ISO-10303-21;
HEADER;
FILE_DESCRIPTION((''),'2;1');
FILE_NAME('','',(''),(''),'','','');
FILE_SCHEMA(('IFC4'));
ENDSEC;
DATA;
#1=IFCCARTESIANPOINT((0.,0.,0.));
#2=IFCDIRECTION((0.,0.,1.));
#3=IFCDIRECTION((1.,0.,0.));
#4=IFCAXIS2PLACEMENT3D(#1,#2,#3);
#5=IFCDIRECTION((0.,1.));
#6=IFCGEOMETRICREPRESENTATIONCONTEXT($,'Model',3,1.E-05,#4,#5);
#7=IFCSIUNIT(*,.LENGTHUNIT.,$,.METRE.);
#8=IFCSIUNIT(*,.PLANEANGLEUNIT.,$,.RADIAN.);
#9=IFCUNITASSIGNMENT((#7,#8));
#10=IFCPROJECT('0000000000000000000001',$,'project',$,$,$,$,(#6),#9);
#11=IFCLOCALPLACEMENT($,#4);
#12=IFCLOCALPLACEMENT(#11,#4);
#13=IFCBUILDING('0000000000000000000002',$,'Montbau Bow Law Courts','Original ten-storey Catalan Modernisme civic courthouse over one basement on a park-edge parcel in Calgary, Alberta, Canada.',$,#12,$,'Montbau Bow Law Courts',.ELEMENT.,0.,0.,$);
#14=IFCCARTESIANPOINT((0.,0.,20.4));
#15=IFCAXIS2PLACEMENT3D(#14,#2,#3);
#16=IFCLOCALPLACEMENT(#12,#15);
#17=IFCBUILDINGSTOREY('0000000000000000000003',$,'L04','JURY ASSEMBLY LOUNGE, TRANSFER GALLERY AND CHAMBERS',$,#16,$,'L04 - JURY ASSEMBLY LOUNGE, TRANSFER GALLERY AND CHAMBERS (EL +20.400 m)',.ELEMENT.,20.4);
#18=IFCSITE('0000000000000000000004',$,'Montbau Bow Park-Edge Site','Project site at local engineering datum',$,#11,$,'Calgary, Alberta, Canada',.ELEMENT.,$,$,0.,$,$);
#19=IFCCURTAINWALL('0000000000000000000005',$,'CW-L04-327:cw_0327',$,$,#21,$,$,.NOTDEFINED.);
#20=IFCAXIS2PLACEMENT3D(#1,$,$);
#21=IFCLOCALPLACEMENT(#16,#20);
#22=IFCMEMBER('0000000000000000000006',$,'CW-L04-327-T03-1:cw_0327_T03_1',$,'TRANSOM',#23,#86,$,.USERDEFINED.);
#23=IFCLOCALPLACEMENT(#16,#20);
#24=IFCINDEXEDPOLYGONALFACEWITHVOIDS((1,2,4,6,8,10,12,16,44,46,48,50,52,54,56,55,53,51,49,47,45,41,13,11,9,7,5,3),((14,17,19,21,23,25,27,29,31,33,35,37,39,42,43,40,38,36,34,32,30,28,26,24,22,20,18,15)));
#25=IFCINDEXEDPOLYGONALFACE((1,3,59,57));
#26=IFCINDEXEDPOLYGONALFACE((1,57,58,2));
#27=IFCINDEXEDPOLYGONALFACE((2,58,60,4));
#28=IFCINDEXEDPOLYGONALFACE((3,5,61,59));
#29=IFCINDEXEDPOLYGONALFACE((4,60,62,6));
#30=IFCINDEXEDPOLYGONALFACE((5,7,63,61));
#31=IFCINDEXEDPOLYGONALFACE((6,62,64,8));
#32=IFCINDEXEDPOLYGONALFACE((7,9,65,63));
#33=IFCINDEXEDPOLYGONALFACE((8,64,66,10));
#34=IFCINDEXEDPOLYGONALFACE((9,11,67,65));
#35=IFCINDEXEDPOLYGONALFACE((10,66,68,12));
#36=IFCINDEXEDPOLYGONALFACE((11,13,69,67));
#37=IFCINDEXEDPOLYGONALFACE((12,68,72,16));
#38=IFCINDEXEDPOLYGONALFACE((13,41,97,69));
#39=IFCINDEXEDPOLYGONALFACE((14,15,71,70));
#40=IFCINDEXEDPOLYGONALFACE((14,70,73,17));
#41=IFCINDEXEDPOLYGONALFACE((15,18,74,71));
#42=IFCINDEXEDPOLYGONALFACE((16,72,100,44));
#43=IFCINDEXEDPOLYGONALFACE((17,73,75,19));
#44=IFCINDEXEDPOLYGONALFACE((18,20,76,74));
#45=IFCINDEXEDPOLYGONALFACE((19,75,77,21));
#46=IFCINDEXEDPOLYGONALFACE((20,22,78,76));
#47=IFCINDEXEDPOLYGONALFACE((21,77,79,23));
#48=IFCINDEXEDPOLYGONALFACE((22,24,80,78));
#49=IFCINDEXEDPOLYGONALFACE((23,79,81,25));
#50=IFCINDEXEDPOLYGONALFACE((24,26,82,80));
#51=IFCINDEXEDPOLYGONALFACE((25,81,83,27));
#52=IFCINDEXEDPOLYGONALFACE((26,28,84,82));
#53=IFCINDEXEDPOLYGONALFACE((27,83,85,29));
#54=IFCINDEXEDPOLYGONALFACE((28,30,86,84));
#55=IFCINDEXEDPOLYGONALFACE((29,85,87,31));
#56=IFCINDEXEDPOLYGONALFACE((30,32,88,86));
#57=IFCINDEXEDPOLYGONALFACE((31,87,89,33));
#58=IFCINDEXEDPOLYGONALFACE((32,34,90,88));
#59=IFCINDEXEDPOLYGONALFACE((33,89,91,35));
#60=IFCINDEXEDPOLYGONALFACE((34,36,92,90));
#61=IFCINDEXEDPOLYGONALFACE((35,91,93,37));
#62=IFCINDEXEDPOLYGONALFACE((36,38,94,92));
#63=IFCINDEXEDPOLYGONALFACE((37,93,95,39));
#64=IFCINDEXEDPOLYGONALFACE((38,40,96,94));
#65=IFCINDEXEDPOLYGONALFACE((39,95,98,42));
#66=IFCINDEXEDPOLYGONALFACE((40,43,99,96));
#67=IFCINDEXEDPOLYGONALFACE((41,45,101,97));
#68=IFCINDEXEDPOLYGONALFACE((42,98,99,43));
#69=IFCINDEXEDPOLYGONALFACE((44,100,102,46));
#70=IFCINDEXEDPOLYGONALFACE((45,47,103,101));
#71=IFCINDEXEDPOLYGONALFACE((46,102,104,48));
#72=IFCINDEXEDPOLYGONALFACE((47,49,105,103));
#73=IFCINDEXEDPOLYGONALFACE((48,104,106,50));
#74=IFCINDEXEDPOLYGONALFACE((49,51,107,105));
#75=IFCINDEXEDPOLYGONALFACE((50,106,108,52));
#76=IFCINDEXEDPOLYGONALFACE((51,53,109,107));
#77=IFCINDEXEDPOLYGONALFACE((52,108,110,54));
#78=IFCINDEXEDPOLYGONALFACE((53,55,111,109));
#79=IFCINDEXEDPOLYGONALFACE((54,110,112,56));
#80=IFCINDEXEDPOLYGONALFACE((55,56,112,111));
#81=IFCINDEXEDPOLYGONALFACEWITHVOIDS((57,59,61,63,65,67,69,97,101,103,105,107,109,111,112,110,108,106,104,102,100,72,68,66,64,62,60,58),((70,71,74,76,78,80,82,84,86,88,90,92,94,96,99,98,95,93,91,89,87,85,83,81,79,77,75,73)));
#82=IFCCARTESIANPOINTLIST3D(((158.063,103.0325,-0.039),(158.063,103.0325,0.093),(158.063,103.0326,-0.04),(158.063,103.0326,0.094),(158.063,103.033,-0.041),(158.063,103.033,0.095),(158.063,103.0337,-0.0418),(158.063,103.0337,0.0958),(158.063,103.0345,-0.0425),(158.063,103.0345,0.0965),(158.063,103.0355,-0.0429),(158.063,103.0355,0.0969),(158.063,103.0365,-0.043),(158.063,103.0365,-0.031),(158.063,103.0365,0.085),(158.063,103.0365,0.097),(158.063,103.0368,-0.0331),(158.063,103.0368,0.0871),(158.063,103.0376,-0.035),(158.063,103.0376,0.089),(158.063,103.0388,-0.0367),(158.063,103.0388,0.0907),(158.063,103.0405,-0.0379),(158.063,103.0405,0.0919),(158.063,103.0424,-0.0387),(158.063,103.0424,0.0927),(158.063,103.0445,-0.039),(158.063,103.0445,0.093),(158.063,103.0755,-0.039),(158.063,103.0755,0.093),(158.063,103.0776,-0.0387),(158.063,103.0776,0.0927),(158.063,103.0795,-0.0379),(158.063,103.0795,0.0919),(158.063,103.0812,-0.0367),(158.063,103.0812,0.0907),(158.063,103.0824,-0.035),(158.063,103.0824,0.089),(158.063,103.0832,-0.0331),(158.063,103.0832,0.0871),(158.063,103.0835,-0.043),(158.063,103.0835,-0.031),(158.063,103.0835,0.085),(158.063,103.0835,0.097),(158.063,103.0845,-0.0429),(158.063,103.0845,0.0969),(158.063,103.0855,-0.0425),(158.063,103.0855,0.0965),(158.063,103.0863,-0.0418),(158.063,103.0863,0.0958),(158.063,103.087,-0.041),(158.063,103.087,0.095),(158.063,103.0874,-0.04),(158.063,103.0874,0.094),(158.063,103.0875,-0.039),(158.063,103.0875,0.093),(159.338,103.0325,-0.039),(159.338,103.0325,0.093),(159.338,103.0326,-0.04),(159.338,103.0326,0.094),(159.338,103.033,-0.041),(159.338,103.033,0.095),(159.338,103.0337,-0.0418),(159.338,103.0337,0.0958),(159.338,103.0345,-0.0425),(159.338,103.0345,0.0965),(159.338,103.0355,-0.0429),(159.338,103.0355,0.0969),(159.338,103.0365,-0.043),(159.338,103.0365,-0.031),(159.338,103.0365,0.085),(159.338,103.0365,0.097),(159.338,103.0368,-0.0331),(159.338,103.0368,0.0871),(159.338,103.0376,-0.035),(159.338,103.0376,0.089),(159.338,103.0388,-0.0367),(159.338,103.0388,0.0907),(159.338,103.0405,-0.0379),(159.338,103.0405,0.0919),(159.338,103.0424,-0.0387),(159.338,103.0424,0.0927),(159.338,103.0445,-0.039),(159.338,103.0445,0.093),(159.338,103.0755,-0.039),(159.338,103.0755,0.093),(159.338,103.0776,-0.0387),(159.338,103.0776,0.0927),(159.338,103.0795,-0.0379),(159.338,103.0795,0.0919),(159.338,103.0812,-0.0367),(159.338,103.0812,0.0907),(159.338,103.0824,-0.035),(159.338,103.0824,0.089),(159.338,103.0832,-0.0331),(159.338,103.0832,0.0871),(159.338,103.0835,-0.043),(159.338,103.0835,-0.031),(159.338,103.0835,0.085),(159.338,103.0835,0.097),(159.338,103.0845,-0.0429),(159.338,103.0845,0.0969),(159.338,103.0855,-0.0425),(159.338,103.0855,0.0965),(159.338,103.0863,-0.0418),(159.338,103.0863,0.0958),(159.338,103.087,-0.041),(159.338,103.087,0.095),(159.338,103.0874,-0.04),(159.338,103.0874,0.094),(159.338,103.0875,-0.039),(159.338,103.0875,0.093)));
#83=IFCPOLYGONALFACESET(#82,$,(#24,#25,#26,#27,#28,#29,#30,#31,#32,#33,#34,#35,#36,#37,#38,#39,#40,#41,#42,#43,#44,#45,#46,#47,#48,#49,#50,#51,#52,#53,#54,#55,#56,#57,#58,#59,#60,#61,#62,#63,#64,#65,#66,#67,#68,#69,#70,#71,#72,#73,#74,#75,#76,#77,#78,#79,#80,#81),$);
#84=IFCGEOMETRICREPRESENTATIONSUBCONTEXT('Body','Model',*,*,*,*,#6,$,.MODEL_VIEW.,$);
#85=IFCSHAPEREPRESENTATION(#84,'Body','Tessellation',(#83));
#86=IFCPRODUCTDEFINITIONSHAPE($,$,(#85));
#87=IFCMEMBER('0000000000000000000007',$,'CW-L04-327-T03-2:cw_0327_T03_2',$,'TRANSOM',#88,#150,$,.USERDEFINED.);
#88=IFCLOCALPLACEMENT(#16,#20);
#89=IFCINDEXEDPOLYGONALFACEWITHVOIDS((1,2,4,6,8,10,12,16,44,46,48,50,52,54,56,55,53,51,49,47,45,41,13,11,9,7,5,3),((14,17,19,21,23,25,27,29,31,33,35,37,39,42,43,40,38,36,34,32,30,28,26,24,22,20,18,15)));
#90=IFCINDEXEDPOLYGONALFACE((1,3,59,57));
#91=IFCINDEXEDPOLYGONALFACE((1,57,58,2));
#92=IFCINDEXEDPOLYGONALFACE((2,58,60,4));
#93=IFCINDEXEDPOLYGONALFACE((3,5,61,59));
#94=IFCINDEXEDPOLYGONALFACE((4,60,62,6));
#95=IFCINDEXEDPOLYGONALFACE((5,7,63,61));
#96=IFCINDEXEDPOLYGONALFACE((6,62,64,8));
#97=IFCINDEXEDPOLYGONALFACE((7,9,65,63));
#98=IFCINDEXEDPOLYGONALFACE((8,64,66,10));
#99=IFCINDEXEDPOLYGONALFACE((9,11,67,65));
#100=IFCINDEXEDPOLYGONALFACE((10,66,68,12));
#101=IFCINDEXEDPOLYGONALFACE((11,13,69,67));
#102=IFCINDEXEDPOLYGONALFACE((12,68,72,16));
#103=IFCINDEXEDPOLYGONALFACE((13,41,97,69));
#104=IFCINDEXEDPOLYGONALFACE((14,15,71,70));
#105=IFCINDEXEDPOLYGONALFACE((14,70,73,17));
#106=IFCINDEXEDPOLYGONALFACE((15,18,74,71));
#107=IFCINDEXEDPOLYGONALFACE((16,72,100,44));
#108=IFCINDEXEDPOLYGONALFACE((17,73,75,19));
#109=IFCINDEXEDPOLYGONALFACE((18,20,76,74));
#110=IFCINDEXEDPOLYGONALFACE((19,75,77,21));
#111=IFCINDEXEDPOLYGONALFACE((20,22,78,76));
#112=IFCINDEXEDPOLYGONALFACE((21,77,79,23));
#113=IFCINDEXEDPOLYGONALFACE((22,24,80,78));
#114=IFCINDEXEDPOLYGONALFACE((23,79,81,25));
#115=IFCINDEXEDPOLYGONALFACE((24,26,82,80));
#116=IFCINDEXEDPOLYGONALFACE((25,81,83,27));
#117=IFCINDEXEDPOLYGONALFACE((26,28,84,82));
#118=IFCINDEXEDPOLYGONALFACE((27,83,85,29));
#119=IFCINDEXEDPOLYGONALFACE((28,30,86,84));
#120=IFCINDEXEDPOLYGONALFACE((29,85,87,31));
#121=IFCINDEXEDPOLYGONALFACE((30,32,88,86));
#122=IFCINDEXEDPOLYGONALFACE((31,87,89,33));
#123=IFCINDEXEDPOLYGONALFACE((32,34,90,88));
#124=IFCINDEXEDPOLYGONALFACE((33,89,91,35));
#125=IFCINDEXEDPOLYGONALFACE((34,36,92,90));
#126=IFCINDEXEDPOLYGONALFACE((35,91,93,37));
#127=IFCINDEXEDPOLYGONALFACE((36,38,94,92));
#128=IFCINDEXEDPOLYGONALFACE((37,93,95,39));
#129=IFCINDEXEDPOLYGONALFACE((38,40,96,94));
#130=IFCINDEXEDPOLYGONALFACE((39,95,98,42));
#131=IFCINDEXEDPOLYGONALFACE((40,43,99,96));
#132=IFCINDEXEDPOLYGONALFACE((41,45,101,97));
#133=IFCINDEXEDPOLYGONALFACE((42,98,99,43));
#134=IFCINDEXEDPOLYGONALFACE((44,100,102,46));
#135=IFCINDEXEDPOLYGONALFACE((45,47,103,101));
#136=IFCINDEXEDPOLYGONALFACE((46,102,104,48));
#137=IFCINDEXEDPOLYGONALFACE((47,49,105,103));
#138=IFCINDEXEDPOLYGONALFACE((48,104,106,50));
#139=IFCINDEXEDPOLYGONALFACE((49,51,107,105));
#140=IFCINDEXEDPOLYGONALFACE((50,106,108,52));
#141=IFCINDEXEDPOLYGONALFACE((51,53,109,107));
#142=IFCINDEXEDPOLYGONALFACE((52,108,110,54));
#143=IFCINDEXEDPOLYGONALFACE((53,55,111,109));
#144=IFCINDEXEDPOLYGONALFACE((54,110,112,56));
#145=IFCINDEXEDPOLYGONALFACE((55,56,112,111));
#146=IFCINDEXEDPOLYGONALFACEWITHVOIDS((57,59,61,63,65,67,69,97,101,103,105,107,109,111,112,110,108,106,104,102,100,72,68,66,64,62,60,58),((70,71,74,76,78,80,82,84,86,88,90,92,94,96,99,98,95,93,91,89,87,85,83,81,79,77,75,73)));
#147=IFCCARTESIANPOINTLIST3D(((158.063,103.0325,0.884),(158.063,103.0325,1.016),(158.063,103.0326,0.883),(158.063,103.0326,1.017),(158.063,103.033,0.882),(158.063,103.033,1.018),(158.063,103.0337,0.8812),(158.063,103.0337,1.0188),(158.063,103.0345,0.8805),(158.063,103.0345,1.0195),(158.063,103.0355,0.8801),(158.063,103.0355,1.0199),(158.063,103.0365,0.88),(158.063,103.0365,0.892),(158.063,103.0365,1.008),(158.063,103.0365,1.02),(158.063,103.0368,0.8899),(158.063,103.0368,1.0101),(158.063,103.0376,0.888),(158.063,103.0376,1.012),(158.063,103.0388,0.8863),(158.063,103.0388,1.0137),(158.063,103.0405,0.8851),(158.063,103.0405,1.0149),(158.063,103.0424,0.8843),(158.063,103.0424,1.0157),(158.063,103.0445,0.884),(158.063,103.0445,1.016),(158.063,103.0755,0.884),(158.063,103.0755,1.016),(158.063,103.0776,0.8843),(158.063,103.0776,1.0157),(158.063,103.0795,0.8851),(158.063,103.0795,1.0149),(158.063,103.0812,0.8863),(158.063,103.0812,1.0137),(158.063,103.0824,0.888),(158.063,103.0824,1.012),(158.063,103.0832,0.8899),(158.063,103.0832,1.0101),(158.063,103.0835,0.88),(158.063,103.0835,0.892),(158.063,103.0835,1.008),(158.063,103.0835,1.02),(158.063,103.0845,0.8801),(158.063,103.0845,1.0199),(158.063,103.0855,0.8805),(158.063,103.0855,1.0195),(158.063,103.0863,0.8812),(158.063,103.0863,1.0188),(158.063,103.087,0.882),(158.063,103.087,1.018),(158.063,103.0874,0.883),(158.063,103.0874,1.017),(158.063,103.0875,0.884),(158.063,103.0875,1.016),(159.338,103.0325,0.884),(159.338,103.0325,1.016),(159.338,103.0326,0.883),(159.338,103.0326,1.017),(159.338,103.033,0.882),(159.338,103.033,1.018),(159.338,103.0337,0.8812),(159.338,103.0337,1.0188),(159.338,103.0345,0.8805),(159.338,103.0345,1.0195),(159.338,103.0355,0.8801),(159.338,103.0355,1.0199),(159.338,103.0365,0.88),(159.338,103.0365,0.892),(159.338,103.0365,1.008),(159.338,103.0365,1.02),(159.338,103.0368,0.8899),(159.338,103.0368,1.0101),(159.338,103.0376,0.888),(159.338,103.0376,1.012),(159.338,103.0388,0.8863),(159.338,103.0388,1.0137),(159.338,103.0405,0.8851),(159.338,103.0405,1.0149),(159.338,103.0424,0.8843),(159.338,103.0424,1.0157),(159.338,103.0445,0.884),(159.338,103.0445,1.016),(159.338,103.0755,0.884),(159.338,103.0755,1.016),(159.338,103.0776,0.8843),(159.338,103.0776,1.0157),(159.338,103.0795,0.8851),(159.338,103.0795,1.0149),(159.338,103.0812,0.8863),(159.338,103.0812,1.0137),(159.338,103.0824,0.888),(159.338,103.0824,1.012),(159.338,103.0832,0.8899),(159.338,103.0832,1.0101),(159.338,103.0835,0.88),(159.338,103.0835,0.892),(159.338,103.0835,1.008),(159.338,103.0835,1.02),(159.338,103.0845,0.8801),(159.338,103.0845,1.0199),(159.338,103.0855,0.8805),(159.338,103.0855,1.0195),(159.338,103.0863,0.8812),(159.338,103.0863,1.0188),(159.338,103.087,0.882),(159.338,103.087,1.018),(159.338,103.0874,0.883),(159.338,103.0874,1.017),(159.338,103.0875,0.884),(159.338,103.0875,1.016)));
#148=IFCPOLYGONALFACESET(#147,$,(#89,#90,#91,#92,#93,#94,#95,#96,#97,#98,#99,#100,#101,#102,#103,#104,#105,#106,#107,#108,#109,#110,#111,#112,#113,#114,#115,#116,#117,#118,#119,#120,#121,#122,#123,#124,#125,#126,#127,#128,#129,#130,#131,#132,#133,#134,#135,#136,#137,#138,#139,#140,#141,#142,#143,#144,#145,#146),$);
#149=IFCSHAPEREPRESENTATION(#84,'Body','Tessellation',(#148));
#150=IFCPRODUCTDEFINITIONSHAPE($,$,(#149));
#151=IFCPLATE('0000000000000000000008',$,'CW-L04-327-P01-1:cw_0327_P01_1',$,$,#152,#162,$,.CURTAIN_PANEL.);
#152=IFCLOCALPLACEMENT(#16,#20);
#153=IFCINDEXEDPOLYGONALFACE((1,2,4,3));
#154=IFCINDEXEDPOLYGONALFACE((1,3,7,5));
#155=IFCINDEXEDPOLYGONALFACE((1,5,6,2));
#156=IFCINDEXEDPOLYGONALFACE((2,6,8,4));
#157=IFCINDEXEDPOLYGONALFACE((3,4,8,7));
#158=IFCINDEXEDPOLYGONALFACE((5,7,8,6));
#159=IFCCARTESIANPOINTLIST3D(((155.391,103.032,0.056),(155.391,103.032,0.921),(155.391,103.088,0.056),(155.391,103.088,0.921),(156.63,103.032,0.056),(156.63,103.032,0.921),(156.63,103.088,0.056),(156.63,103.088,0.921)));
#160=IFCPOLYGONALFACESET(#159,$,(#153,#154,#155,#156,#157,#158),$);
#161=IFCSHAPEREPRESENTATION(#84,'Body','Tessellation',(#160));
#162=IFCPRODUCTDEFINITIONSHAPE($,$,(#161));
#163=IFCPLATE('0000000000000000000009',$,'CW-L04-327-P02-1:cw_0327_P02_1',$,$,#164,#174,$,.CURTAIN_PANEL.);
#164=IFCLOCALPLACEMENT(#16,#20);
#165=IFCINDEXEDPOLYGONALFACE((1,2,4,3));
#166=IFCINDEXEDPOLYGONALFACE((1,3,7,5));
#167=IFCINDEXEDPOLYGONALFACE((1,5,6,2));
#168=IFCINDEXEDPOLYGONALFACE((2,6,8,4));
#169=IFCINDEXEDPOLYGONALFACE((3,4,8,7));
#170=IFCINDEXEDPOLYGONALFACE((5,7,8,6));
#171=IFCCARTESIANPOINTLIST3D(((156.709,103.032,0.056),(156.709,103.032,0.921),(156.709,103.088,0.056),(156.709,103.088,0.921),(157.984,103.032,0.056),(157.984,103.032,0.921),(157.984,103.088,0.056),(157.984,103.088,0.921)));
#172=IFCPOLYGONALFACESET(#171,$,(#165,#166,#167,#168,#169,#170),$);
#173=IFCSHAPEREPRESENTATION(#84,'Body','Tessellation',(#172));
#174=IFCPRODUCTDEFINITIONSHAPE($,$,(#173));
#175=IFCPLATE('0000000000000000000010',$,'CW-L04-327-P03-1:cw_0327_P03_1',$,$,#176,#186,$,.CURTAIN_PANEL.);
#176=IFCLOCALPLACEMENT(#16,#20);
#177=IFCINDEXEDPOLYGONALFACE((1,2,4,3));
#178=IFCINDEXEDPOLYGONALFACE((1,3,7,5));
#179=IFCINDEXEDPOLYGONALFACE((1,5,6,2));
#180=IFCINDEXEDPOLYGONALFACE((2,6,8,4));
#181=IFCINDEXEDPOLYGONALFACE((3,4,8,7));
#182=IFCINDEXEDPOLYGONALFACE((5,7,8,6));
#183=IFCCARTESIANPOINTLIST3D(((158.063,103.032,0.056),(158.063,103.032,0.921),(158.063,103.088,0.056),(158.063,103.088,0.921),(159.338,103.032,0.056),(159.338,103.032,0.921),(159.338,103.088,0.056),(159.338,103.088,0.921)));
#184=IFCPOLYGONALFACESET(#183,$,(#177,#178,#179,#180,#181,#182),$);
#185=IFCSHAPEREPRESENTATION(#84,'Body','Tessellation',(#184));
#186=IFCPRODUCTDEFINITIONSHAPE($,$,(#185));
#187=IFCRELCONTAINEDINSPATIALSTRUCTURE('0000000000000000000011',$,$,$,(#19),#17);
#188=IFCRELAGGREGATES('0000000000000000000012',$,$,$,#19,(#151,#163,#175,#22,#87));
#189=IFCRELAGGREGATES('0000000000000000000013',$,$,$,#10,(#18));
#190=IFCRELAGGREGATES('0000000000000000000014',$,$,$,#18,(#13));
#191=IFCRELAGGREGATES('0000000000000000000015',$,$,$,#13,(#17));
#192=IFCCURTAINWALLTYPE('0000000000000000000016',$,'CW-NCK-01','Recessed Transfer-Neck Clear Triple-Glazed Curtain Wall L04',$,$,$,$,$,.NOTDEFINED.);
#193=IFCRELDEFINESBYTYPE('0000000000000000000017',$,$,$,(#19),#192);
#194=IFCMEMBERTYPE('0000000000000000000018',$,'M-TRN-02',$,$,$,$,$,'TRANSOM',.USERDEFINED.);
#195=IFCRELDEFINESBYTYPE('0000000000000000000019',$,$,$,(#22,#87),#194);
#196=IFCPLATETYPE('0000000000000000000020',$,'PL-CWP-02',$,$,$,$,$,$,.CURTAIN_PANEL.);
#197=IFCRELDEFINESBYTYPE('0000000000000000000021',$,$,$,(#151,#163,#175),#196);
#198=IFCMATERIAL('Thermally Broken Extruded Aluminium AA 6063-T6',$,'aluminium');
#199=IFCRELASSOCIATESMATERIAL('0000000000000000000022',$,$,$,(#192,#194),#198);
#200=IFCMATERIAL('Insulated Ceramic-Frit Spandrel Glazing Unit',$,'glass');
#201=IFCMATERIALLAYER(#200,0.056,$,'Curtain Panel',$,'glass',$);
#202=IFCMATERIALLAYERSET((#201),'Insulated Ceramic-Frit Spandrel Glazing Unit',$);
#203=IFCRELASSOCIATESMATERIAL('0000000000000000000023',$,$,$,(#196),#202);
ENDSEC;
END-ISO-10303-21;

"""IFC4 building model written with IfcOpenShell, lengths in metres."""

from ifc_helpers import new_model, si_unit, direction, frame, frame_2d, origin_with_axes, origin_2d_with_axis, place, context, subcontext, project, spatial, rectangle, hollow_rectangle, extrude, material, layer, layer_set, material_profile, profile_set, type_object, element, aggregate, save


model = new_model("IFC4")

# Units and contexts
model_context = context("Model", 3, precision=1e-05, world=origin_with_axes(), true_north=direction((0.0, 1.0)))
body_context = subcontext(model_context, "Body", "Model", "MODEL_VIEW")
ifc_project = project(units=[si_unit("LENGTHUNIT", "METRE"), si_unit("PLANEANGLEUNIT", "RADIAN")], contexts=[model_context])

# Site, building, storey
site_placement = place(None, origin_with_axes())
site = spatial("IfcSite", under=ifc_project, at=site_placement, Name="Montbau Bow Park-Edge Site", Description="Project site at local engineering datum", LongName="Calgary, Alberta, Canada", CompositionType="ELEMENT", RefElevation=0.0)
building_placement = place(site_placement, origin_with_axes())
building = spatial("IfcBuilding", under=site, at=building_placement, Name="Montbau Bow Law Courts", Description="Original ten-storey Catalan Modernisme civic courthouse over one basement on a park-edge parcel in Calgary, Alberta, Canada.", LongName="Montbau Bow Law Courts", CompositionType="ELEMENT", ElevationOfRefHeight=0.0, ElevationOfTerrain=0.0)
storey_placement = place(building_placement, frame((0.0, 0.0, 20.4), z_axis=(0.0, 0.0, 1.0), x_axis=(1.0, 0.0, 0.0)))
storey = spatial("IfcBuildingStorey", under=building, at=storey_placement, Name="L04", Description="JURY ASSEMBLY LOUNGE, TRANSFER GALLERY AND CHAMBERS", LongName="L04 - JURY ASSEMBLY LOUNGE, TRANSFER GALLERY AND CHAMBERS (EL +20.400 m)", CompositionType="ELEMENT", Elevation=20.4)

# Curtain wall
ifc_material_1 = material(Name="Thermally Broken Extruded Aluminium AA 6063-T6", Category="aluminium")
curtain_wall_type = type_object("IfcCurtainWallType", Name="CW-NCK-01", Description="Recessed Transfer-Neck Clear Triple-Glazed Curtain Wall L04", PredefinedType="NOTDEFINED", material=ifc_material_1)
curtain_wall_1_placement = place(None, frame((155.315, 103.06, 20.4), z_axis=(0.0, 0.0, 1.0), x_axis=(1.0, 0.0, 0.0)))
curtain_wall_1 = element("IfcCurtainWall", 1, at=curtain_wall_1_placement, inside=storey, type_object=curtain_wall_type, Name="CW-L04-327:cw_0327", PredefinedType="NOTDEFINED")

# Members
ifc_material_profile_1 = material_profile(ifc_material_1, hollow_rectangle(XDim=0.055, YDim=0.14, WallThickness=0.004, InnerFilletRadius=0.008, OuterFilletRadius=0.004, at=origin_2d_with_axis()), Name="CWT-140X55", Category="Main", Priority=0)
ifc_profile_set_1 = profile_set([ifc_material_profile_1], Name="Thermally Broken Extruded Aluminium AA 6063-T6")
member_type_1 = type_object("IfcMemberType", Name="M-TRN-02", ElementType="TRANSOM", PredefinedType="USERDEFINED", material=ifc_profile_set_1)
member_1_placement = place(None, frame((158.063, 103.06, 20.427), z_axis=(1.0, 0.0, 0.0), x_axis=(0.0, 1.0, 0.0)))
member_1 = element("IfcMember", 2, at=member_1_placement, type_object=member_type_1, Name="CW-L04-327-T03-1:cw_0327_T03_1", ObjectType="TRANSOM", PredefinedType="USERDEFINED", context=body_context, shape_type="SweptSolid", body=[
    extrude(hollow_rectangle(XDim=0.055, YDim=0.14, WallThickness=0.004, InnerFilletRadius=0.008, OuterFilletRadius=0.004, at=origin_2d_with_axis()), origin_with_axes(), (0.0, 0.0, 1.0), 1.275),
])
member_2_placement = place(None, frame((158.063, 103.06, 21.35), z_axis=(1.0, 0.0, 0.0), x_axis=(0.0, 1.0, 0.0)))
member_2 = element("IfcMember", 3, at=member_2_placement, type_object=member_type_1, Name="CW-L04-327-T03-2:cw_0327_T03_2", ObjectType="TRANSOM", PredefinedType="USERDEFINED", context=body_context, shape_type="SweptSolid", body=[
    extrude(hollow_rectangle(XDim=0.055, YDim=0.14, WallThickness=0.004, InnerFilletRadius=0.008, OuterFilletRadius=0.004, at=origin_2d_with_axis()), origin_with_axes(), (0.0, 0.0, 1.0), 1.275),
])

# Plates
ifc_material_2 = material(Name="Insulated Ceramic-Frit Spandrel Glazing Unit", Category="glass")
ifc_layer_1 = layer(ifc_material_2, 0.056, Name="Curtain Panel", Category="glass")
ifc_layer_set_1 = layer_set([ifc_layer_1], Name="Insulated Ceramic-Frit Spandrel Glazing Unit")
plate_type_1 = type_object("IfcPlateType", Name="PL-CWP-02", PredefinedType="CURTAIN_PANEL", material=ifc_layer_set_1)
plate_1_placement = place(None, frame((155.391, 103.06, 20.456), z_axis=(0.0, -1.0, 0.0), x_axis=(1.0, 0.0, 0.0)))
plate_1 = element("IfcPlate", 4, at=plate_1_placement, type_object=plate_type_1, Name="CW-L04-327-P01-1:cw_0327_P01_1", PredefinedType="CURTAIN_PANEL", context=body_context, shape_type="SweptSolid", body=[
    extrude(rectangle(XDim=1.239, YDim=0.865, at=frame_2d((0.6195, 0.4325), x_axis=(1.0, 0.0))), frame((0.0, 0.0, -0.028), z_axis=(0.0, 0.0, 1.0), x_axis=(1.0, 0.0, 0.0)), (0.0, 0.0, 1.0), 0.056),
])
plate_2_placement = place(None, frame((156.709, 103.06, 20.456), z_axis=(0.0, -1.0, 0.0), x_axis=(1.0, 0.0, 0.0)))
plate_2 = element("IfcPlate", 5, at=plate_2_placement, type_object=plate_type_1, Name="CW-L04-327-P02-1:cw_0327_P02_1", PredefinedType="CURTAIN_PANEL", context=body_context, shape_type="SweptSolid", body=[
    extrude(rectangle(XDim=1.275, YDim=0.865, at=frame_2d((0.6375, 0.4325), x_axis=(1.0, 0.0))), frame((0.0, 0.0, -0.028), z_axis=(0.0, 0.0, 1.0), x_axis=(1.0, 0.0, 0.0)), (0.0, 0.0, 1.0), 0.056),
])
plate_3_placement = place(None, frame((158.063, 103.06, 20.456), z_axis=(0.0, -1.0, 0.0), x_axis=(1.0, 0.0, 0.0)))
plate_3 = element("IfcPlate", 6, at=plate_3_placement, type_object=plate_type_1, Name="CW-L04-327-P03-1:cw_0327_P03_1", PredefinedType="CURTAIN_PANEL", context=body_context, shape_type="SweptSolid", body=[
    extrude(rectangle(XDim=1.275, YDim=0.865, at=frame_2d((0.6375, 0.4325), x_axis=(1.0, 0.0))), frame((0.0, 0.0, -0.028), z_axis=(0.0, 0.0, 1.0), x_axis=(1.0, 0.0, 0.0)), (0.0, 0.0, 1.0), 0.056),
])
aggregate(curtain_wall_1, [plate_1, plate_2, plate_3, member_1, member_2])

save(model, "model.ifc")
